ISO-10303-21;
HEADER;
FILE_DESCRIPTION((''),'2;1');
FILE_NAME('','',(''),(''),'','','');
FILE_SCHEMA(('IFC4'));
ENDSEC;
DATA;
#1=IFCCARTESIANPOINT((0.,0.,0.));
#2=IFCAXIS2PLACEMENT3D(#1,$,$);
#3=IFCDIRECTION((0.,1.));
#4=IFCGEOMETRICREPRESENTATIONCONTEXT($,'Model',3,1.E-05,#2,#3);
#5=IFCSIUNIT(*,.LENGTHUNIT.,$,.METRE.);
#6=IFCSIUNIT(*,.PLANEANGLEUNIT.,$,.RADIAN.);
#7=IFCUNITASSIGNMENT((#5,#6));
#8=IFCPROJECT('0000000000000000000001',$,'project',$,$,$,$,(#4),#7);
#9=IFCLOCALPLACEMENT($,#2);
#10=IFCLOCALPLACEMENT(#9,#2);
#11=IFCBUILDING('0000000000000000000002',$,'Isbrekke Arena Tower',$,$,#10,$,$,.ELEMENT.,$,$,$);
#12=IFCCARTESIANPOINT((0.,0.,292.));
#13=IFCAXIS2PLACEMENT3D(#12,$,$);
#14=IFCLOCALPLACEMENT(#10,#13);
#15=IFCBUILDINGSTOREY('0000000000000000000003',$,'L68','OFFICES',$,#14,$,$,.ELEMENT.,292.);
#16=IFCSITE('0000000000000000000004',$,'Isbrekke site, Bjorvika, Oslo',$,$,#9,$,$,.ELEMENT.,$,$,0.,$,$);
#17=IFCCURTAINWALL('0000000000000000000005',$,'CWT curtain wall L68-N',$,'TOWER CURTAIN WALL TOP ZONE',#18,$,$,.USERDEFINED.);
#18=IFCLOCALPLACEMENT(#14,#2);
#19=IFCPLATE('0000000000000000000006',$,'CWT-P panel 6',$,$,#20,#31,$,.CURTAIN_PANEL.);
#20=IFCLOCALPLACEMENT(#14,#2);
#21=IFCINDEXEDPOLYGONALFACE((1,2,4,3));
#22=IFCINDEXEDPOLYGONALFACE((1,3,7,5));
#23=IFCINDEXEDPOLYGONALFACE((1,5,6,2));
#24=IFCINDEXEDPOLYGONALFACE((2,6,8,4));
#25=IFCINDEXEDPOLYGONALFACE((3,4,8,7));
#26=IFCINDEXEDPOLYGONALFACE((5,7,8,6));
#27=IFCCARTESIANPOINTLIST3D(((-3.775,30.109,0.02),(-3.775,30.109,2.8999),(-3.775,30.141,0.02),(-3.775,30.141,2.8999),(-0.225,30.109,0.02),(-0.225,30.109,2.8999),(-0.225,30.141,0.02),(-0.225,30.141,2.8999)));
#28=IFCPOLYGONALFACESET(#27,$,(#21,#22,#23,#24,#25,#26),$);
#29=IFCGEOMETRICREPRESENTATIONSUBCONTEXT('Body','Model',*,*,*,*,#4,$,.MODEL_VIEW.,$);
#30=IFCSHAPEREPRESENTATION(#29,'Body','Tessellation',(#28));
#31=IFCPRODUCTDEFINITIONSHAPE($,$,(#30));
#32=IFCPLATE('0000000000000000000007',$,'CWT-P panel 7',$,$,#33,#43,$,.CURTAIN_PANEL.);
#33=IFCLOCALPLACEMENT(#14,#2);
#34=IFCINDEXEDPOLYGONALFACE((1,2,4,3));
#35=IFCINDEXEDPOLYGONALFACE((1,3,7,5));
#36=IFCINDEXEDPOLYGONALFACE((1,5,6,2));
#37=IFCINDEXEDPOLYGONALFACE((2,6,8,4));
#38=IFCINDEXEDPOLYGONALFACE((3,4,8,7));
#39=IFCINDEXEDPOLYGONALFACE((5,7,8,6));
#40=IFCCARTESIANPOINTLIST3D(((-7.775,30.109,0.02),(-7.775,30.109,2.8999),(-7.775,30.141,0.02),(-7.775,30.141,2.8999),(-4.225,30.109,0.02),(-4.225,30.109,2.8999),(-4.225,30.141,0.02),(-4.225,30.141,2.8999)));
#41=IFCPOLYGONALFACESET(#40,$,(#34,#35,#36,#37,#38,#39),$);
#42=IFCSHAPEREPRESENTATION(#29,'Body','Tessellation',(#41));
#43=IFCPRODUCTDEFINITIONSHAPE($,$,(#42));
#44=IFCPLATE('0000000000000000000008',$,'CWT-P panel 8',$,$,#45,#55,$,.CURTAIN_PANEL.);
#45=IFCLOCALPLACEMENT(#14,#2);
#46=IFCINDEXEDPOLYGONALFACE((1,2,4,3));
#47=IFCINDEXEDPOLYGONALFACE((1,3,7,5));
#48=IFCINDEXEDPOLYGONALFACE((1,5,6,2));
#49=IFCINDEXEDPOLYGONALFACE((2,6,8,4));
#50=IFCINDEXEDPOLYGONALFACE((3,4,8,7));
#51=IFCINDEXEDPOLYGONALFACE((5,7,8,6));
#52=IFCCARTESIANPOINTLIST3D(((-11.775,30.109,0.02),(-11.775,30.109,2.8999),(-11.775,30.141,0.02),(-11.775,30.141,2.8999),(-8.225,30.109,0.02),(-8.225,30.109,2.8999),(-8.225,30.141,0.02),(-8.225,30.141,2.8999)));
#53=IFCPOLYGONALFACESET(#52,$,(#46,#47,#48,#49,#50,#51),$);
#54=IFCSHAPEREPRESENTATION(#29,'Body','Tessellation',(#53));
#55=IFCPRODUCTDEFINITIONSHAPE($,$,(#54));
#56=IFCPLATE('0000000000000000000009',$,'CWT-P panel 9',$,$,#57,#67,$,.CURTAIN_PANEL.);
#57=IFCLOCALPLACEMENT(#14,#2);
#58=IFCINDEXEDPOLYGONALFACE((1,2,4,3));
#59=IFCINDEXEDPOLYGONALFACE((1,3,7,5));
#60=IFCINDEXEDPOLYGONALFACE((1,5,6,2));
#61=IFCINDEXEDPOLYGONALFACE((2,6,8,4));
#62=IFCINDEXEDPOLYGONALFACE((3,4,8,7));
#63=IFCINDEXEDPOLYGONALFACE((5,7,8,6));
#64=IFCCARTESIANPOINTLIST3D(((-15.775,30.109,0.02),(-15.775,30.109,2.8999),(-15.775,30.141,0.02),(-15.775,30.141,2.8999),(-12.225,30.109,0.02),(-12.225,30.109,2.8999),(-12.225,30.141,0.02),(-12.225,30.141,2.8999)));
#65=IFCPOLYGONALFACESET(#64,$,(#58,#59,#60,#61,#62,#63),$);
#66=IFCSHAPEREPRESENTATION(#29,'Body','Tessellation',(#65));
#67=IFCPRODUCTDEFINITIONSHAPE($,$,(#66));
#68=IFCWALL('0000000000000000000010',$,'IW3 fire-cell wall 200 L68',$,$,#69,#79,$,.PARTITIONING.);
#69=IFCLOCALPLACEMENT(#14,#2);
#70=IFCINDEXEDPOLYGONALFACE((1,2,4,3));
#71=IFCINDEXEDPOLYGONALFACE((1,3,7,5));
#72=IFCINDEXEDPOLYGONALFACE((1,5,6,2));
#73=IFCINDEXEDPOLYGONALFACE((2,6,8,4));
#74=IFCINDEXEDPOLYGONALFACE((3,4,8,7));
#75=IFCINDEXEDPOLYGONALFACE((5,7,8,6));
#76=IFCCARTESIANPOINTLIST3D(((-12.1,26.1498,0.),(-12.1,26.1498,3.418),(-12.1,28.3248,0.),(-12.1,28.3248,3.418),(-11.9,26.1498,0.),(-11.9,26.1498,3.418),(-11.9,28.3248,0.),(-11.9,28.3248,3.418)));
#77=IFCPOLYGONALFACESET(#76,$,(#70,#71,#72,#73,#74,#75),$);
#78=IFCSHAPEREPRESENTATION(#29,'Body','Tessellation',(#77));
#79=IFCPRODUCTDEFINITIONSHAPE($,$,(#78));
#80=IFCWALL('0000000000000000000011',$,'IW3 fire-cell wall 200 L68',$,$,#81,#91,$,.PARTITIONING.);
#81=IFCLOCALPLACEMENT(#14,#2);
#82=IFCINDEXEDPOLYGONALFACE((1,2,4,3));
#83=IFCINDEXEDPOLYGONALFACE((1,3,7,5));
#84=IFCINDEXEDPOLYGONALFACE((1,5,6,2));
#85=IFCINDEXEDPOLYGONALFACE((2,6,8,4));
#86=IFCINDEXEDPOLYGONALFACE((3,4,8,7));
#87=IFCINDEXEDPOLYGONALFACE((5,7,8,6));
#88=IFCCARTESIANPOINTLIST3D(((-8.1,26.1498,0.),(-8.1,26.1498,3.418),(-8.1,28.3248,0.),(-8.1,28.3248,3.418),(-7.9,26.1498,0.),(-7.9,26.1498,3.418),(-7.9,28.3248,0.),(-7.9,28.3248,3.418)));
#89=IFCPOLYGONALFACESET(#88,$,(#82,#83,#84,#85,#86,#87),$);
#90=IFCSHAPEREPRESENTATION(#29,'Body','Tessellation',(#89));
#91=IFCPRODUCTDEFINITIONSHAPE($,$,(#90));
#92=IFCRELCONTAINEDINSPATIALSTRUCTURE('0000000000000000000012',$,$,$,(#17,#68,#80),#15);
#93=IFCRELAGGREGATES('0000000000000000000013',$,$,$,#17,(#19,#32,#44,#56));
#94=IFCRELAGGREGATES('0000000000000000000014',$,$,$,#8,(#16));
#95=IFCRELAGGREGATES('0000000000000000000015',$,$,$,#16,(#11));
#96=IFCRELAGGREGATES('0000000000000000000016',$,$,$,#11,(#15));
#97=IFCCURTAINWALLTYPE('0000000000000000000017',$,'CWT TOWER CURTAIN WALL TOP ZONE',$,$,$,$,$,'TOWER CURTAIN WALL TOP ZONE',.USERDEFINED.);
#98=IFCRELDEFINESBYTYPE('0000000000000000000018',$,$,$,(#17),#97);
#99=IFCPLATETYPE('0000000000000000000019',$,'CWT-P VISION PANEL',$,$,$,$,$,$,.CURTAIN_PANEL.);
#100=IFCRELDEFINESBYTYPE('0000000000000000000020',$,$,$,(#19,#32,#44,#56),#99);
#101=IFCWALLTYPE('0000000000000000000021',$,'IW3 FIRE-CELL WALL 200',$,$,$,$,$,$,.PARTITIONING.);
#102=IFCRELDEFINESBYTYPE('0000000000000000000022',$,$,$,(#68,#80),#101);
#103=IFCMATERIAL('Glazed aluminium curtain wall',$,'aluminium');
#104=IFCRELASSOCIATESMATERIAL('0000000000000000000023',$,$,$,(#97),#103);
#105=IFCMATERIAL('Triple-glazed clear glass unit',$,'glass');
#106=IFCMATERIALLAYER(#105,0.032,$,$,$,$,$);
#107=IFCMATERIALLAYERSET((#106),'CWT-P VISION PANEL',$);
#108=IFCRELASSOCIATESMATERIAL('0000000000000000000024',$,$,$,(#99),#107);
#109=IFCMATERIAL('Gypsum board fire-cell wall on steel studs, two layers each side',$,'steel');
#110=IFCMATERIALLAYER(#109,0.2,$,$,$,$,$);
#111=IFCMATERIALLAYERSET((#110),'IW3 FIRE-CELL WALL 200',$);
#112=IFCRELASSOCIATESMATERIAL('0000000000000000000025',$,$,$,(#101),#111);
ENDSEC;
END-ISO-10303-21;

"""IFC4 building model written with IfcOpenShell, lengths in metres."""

from ifc_helpers import new_model, si_unit, direction, frame, frame_2d, origin, origin_2d, place, context, subcontext, project, spatial, rectangle, extrude, material, layer, layer_set, type_object, element, aggregate, save


model = new_model("IFC4")

# Units and contexts
model_context = context("Model", 3, precision=1e-05, world=origin(), true_north=direction((0.0, 1.0)))
body_context = subcontext(model_context, "Body", "Model", "MODEL_VIEW")
ifc_project = project(units=[si_unit("LENGTHUNIT", "METRE"), si_unit("PLANEANGLEUNIT", "RADIAN")], contexts=[model_context])

# Site, building, storey
site_placement = place(None, origin())
site = spatial("IfcSite", under=ifc_project, at=site_placement, Name="Isbrekke site, Bjorvika, Oslo", CompositionType="ELEMENT", RefElevation=0.0)
building_placement = place(site_placement, origin())
building = spatial("IfcBuilding", under=site, at=building_placement, Name="Isbrekke Arena Tower", CompositionType="ELEMENT")
storey_placement = place(building_placement, frame((0.0, 0.0, 292.0)))
storey = spatial("IfcBuildingStorey", under=building, at=storey_placement, Name="L68", Description="OFFICES", CompositionType="ELEMENT", Elevation=292.0)

# Curtain wall
ifc_material_1 = material(Name="Glazed aluminium curtain wall", Category="aluminium")
curtain_wall_type = type_object("IfcCurtainWallType", Name="CWT TOWER CURTAIN WALL TOP ZONE", ElementType="TOWER CURTAIN WALL TOP ZONE", PredefinedType="USERDEFINED", material=ifc_material_1)
curtain_wall_placement = place(storey_placement, origin())
curtain_wall = element("IfcCurtainWall", 1, at=curtain_wall_placement, inside=storey, type_object=curtain_wall_type, Name="CWT curtain wall L68-N", ObjectType="TOWER CURTAIN WALL TOP ZONE", PredefinedType="USERDEFINED")

# Plates
ifc_material_2 = material(Name="Triple-glazed clear glass unit", Category="glass")
ifc_layer_1 = layer(ifc_material_2, 0.032)
ifc_layer_set_1 = layer_set([ifc_layer_1], Name="CWT-P VISION PANEL")
plate_type = type_object("IfcPlateType", Name="CWT-P VISION PANEL", PredefinedType="CURTAIN_PANEL", material=ifc_layer_set_1)
plate_1_placement = place(storey_placement, frame((-2.0, 30.125, 0.02), z_axis=(0.0, 0.0, 1.0), x_axis=(-1.0, 0.0, 0.0)))
plate_1 = element("IfcPlate", 2, at=plate_1_placement, type_object=plate_type, Name="CWT-P panel 6", PredefinedType="CURTAIN_PANEL", context=body_context, shape_type="SweptSolid", body=[
    extrude(rectangle(XDim=3.55, YDim=0.032, at=origin_2d()), origin(), (0.0, 0.0, 1.0), 2.8799),
])
plate_2_placement = place(storey_placement, frame((-6.0, 30.125, 0.02), z_axis=(0.0, 0.0, 1.0), x_axis=(-1.0, 0.0, 0.0)))
plate_2 = element("IfcPlate", 3, at=plate_2_placement, type_object=plate_type, Name="CWT-P panel 7", PredefinedType="CURTAIN_PANEL", context=body_context, shape_type="SweptSolid", body=[
    extrude(rectangle(XDim=3.55, YDim=0.032, at=origin_2d()), origin(), (0.0, 0.0, 1.0), 2.8799),
])
plate_3_placement = place(storey_placement, frame((-10.0, 30.125, 0.02), z_axis=(0.0, 0.0, 1.0), x_axis=(-1.0, 0.0, 0.0)))
plate_3 = element("IfcPlate", 4, at=plate_3_placement, type_object=plate_type, Name="CWT-P panel 8", PredefinedType="CURTAIN_PANEL", context=body_context, shape_type="SweptSolid", body=[
    extrude(rectangle(XDim=3.55, YDim=0.032, at=origin_2d()), origin(), (0.0, 0.0, 1.0), 2.8799),
])
plate_4_placement = place(storey_placement, frame((-14.0, 30.125, 0.02), z_axis=(0.0, 0.0, 1.0), x_axis=(-1.0, 0.0, 0.0)))
plate_4 = element("IfcPlate", 5, at=plate_4_placement, type_object=plate_type, Name="CWT-P panel 9", PredefinedType="CURTAIN_PANEL", context=body_context, shape_type="SweptSolid", body=[
    extrude(rectangle(XDim=3.55, YDim=0.032, at=origin_2d()), origin(), (0.0, 0.0, 1.0), 2.8799),
])
aggregate(curtain_wall, [plate_1, plate_2, plate_3, plate_4])

# Walls
ifc_material_3 = material(Name="Gypsum board fire-cell wall on steel studs, two layers each side", Category="steel")
ifc_layer_2 = layer(ifc_material_3, 0.2)
ifc_layer_set_2 = layer_set([ifc_layer_2], Name="IW3 FIRE-CELL WALL 200")
wall_type = type_object("IfcWallType", Name="IW3 FIRE-CELL WALL 200", PredefinedType="PARTITIONING", material=ifc_layer_set_2)
for number, where, z_axis, x_axis, name in (
    (6, (-12.0, 26.1499, 0.0), (0.0, 0.0, 1.0), (0.0, 1.0, 0.0), "IW3 fire-cell wall 200 L68"),
    (7, (-8.0, 26.1499, 0.0), (0.0, 0.0, 1.0), (0.0, 1.0, 0.0), "IW3 fire-cell wall 200 L68"),
):
    element("IfcWall", number, at=place(storey_placement, frame(where, z_axis=z_axis, x_axis=x_axis)), inside=storey, type_object=wall_type, Name=name, PredefinedType="PARTITIONING", context=body_context, shape_type="SweptSolid", body=[
        extrude(rectangle(XDim=2.175, YDim=0.2, at=frame_2d((1.0874, 0.0))), origin(), (0.0, 0.0, 1.0), 3.418),
    ])

save(model, "model.ifc")
